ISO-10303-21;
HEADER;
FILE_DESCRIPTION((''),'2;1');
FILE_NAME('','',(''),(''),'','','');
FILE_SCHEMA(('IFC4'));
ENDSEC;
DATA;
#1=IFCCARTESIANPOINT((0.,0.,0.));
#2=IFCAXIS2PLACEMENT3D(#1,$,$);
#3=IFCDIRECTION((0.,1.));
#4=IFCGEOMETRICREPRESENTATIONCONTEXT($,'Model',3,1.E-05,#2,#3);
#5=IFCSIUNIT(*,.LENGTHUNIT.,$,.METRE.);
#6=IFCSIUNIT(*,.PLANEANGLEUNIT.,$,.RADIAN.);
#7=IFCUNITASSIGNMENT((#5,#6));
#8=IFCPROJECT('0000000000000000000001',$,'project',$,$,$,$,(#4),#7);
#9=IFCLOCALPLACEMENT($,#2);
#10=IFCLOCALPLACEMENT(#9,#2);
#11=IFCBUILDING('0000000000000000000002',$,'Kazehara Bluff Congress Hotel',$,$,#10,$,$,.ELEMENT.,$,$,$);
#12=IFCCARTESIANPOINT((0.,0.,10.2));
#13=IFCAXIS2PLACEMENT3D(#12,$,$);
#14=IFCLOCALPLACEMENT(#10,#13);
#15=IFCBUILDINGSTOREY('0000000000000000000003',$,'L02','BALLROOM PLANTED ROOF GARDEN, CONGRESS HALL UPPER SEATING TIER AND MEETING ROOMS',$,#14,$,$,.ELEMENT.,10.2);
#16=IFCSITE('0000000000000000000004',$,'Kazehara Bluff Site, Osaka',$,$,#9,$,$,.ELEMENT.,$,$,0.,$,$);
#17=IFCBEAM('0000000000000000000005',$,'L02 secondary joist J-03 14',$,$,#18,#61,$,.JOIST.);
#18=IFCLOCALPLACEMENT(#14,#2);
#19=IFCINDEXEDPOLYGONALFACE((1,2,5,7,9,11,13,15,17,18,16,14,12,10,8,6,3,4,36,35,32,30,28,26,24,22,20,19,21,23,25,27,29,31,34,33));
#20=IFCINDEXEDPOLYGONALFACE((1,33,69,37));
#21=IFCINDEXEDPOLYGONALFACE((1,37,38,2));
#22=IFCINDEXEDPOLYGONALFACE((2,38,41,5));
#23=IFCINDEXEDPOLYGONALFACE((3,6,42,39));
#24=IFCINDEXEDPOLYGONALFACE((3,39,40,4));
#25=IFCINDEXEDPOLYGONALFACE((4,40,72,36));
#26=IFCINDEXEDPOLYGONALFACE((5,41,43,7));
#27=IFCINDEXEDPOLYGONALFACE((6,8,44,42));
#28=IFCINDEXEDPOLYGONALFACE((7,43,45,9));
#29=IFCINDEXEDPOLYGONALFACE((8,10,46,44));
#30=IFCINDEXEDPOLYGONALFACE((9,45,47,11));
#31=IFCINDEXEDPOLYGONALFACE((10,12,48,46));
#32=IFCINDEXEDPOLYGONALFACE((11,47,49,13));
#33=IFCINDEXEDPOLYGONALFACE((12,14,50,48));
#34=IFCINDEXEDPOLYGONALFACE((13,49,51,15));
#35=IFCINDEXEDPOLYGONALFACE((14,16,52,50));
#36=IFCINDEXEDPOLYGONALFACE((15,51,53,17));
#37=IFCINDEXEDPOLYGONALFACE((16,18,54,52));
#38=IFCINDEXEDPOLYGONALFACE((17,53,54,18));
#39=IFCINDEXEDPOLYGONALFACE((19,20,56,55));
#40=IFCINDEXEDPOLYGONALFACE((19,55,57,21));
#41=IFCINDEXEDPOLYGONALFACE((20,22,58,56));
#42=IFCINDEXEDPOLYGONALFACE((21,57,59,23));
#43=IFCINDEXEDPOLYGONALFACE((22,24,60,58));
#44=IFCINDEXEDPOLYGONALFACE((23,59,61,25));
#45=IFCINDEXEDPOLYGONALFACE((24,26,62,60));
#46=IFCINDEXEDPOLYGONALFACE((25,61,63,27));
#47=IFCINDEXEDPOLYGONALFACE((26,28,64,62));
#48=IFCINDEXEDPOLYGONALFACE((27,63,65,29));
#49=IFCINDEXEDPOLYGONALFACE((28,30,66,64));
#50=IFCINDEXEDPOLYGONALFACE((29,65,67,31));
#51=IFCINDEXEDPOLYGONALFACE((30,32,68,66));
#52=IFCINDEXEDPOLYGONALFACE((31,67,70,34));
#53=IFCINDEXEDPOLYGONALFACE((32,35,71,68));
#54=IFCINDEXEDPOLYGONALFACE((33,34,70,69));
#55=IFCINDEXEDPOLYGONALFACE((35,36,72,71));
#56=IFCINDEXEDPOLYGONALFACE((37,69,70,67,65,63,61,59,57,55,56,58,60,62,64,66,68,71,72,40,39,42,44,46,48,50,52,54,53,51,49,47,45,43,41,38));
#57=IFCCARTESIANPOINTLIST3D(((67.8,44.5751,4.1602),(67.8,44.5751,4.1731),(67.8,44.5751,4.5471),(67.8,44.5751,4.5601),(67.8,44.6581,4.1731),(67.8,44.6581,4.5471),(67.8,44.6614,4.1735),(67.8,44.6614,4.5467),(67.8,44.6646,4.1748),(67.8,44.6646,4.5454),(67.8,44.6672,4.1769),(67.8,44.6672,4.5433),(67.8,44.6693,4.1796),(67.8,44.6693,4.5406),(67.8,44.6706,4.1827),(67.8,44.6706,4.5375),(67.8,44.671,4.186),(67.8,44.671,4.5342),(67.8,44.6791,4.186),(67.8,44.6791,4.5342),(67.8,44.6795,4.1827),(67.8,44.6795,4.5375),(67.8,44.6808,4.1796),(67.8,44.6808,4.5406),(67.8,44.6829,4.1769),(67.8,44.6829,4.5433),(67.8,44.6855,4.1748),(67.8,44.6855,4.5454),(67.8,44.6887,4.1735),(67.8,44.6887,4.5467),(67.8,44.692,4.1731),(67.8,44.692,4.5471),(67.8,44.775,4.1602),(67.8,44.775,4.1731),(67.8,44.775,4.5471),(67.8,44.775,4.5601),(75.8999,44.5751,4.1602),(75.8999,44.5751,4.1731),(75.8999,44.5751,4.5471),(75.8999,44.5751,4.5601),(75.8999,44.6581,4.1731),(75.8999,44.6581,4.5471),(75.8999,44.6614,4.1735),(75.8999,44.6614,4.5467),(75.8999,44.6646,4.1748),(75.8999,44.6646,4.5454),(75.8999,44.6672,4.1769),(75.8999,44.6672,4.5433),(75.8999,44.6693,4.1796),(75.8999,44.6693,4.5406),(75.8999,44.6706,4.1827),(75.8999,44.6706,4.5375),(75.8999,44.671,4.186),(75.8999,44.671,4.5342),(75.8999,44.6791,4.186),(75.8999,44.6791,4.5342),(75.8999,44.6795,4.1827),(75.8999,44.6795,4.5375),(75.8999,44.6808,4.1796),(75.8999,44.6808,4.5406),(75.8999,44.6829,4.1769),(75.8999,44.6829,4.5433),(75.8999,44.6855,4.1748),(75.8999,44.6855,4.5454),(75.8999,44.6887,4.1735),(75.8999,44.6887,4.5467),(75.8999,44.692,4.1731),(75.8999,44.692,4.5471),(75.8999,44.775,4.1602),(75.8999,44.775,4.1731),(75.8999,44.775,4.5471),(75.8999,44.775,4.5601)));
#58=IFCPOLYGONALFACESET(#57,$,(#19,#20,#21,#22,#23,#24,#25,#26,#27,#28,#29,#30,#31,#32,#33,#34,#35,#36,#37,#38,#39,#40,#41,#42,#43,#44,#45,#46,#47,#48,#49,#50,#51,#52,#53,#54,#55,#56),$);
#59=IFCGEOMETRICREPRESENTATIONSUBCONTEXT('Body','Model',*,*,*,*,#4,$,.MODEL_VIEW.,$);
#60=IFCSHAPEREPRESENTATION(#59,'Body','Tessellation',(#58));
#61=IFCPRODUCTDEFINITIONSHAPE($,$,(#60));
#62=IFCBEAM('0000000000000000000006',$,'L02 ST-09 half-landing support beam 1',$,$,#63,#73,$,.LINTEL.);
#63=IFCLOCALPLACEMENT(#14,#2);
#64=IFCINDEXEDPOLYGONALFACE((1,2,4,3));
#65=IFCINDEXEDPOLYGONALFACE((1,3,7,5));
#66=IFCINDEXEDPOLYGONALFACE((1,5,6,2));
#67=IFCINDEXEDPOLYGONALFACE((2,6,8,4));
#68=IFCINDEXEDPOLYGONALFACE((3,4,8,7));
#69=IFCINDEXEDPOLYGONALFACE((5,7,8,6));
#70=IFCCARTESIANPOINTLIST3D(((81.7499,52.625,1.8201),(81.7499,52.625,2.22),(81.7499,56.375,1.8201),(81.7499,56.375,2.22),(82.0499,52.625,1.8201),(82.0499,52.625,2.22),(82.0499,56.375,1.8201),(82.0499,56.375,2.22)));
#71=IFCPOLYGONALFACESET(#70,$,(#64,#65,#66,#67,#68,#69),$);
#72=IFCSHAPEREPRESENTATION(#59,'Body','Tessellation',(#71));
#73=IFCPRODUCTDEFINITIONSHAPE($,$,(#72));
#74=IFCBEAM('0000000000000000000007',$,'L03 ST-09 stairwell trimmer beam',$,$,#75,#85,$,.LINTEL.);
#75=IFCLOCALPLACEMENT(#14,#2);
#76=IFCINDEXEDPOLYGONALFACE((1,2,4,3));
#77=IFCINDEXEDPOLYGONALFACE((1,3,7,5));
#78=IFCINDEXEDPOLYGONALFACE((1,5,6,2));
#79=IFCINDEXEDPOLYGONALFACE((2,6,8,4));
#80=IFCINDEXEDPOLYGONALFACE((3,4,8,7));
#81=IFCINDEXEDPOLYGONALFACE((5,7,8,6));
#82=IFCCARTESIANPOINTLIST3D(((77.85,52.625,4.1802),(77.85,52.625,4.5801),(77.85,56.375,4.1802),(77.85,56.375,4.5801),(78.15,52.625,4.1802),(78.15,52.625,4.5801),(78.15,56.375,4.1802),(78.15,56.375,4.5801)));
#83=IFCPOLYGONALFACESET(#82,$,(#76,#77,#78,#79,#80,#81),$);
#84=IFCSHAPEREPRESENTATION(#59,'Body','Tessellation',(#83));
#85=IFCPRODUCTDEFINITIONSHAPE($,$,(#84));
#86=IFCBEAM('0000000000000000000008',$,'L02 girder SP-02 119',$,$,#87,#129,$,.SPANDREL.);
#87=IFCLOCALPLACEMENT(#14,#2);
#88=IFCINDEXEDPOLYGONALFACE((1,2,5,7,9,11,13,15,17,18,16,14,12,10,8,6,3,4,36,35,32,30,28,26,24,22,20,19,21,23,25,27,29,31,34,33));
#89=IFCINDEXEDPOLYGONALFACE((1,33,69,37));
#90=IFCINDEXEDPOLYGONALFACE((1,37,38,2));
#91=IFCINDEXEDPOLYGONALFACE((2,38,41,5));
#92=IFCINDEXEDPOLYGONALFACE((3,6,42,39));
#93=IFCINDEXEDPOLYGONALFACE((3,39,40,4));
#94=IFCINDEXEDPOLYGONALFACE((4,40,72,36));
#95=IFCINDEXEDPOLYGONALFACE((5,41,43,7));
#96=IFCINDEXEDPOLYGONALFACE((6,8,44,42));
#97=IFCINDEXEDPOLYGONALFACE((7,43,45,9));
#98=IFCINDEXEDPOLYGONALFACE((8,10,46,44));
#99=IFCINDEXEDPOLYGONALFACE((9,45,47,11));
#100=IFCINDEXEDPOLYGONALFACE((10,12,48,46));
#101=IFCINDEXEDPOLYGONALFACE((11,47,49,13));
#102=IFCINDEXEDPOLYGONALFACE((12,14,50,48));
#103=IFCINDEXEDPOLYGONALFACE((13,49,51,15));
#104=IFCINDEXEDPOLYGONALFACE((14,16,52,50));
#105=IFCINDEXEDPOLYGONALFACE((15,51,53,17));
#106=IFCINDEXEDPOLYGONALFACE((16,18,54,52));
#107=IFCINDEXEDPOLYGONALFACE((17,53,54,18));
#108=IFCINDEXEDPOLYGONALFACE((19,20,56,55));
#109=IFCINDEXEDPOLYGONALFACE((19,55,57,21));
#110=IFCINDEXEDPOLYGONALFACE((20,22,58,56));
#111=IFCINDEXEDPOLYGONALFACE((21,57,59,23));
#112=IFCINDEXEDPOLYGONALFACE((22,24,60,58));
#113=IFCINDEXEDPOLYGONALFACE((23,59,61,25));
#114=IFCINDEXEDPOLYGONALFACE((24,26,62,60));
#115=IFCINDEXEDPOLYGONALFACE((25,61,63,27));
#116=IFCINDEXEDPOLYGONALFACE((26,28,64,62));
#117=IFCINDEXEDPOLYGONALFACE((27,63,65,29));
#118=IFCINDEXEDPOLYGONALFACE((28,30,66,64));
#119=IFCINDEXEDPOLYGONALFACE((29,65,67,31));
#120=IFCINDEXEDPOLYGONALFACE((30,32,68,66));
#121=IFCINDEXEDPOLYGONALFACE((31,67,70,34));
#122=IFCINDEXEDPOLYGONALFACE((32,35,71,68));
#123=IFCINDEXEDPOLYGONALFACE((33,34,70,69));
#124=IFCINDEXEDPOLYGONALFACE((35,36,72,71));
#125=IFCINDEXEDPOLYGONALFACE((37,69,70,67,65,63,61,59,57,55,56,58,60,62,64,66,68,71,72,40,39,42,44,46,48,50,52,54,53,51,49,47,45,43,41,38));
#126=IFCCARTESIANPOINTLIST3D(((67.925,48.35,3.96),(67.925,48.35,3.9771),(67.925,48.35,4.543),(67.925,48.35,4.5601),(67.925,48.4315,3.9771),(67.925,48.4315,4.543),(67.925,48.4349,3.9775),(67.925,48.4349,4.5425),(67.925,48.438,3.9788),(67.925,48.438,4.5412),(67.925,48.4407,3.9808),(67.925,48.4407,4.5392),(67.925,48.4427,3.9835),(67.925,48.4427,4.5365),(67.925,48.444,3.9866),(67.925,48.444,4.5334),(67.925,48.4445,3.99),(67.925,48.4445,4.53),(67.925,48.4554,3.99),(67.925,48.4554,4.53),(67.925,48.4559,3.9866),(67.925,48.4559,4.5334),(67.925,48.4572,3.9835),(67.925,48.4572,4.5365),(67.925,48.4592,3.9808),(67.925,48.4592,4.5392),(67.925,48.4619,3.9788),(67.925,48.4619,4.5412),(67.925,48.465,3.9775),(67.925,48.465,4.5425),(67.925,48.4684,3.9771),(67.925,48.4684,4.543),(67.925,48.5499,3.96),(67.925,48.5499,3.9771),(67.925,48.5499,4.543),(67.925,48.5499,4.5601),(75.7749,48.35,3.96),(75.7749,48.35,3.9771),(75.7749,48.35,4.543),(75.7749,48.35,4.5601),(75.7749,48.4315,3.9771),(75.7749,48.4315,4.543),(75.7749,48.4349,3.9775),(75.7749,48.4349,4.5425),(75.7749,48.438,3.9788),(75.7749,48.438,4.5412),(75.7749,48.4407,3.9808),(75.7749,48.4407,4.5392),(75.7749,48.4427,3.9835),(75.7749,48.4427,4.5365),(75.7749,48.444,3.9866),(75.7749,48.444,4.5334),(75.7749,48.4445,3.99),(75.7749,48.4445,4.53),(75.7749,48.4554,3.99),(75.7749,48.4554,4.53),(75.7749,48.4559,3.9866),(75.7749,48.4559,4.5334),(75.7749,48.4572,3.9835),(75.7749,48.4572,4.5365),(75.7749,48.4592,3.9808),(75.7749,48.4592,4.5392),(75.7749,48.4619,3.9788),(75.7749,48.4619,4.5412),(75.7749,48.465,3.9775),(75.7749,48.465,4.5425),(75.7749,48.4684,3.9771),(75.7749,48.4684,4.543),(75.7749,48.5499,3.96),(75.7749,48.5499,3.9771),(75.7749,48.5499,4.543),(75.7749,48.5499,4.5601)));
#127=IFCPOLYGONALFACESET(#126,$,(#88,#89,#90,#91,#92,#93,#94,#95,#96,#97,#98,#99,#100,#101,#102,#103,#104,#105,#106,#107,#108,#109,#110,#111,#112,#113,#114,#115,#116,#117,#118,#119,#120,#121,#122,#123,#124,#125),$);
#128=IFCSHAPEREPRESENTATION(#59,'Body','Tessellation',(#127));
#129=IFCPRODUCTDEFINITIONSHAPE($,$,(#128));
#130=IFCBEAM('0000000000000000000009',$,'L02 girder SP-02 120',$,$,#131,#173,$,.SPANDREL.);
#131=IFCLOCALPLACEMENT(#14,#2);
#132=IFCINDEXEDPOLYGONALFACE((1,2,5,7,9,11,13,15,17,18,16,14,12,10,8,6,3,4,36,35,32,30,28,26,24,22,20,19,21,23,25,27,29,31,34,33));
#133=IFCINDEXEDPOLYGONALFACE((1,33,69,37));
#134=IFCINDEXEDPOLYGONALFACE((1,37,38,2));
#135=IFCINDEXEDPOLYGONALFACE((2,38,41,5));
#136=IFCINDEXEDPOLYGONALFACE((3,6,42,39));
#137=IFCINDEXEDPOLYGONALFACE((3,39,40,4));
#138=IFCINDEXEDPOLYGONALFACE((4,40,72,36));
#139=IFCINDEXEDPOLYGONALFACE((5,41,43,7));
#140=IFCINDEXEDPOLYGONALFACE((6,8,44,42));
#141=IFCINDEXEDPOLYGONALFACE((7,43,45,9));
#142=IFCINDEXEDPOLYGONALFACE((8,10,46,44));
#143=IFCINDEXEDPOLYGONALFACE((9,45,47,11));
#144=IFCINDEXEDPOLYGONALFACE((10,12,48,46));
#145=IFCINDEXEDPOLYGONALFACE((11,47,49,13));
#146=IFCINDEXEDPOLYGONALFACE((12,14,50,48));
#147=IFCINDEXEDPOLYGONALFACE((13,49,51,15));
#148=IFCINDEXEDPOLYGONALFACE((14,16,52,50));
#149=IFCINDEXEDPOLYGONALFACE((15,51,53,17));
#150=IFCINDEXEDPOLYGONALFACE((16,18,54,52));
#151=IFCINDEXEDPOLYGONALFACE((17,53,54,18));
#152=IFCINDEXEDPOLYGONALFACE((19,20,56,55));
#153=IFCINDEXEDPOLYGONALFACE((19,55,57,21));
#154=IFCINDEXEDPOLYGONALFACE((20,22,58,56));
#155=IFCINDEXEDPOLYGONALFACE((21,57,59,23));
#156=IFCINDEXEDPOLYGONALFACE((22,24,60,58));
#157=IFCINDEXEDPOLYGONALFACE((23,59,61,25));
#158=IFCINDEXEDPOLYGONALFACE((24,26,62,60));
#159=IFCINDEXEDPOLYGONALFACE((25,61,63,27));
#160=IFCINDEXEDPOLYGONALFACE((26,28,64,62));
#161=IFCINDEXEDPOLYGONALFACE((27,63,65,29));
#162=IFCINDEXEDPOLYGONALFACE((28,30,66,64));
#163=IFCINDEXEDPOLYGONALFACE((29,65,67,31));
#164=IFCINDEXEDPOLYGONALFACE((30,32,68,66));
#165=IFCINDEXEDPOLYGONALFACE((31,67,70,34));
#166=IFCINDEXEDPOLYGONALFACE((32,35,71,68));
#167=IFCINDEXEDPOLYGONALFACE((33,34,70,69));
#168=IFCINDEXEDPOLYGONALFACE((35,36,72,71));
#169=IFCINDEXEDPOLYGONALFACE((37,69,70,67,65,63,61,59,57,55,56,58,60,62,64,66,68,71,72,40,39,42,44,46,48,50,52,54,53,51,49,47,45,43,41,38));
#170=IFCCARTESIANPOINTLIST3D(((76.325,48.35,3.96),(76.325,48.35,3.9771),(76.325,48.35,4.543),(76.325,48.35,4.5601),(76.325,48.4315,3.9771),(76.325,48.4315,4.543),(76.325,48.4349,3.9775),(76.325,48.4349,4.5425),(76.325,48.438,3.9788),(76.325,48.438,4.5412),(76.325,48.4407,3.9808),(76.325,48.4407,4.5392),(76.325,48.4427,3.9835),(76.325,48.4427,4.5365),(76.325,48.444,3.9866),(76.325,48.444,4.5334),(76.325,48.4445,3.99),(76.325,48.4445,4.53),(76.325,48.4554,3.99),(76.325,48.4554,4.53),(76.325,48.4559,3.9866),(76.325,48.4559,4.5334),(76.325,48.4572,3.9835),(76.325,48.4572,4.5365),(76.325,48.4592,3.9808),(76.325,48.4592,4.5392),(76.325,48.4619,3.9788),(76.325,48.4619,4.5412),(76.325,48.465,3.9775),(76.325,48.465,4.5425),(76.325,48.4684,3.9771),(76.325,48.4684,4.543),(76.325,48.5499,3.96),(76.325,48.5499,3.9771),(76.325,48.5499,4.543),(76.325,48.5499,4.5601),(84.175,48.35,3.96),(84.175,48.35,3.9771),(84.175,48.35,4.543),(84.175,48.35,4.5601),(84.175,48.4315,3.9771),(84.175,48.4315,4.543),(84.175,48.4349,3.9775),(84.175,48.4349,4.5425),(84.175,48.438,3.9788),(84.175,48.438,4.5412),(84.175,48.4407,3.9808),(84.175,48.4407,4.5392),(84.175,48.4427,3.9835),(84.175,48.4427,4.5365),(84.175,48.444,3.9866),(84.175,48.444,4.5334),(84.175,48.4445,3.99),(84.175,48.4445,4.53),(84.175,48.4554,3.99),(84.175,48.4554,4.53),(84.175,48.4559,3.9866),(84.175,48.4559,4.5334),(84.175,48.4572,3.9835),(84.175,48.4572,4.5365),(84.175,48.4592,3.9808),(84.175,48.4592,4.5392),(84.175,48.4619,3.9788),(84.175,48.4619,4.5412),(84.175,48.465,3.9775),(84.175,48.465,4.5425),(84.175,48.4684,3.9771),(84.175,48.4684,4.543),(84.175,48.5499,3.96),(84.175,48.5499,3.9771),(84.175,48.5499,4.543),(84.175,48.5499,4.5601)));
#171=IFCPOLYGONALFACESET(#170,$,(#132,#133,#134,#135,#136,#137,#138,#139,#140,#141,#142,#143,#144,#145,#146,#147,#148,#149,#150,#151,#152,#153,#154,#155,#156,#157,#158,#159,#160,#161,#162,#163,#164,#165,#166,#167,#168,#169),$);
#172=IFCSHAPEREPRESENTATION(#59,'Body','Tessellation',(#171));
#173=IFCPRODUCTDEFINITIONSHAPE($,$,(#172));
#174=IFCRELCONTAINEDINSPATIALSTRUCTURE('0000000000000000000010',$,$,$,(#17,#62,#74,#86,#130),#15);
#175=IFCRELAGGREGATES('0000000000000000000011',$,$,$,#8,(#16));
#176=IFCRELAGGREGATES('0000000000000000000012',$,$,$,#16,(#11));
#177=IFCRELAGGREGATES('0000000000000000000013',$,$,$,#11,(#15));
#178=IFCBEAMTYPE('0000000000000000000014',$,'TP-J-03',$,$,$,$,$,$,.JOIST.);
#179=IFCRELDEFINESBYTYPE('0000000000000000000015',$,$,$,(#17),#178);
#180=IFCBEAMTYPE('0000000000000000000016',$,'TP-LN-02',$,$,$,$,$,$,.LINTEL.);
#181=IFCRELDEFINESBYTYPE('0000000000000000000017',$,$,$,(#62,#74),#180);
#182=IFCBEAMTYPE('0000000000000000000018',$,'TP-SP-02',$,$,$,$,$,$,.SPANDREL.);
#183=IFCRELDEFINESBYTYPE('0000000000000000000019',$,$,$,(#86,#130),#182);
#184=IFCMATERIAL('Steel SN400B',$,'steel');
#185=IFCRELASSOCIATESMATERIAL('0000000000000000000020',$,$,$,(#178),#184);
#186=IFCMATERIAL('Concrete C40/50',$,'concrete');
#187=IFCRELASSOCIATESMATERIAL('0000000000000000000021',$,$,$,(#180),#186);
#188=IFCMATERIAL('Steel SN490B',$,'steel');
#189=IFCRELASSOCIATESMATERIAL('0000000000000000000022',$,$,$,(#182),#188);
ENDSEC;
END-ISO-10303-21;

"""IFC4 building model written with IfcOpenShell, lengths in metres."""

from ifc_helpers import new_model, si_unit, direction, frame, origin, origin_2d, place, context, subcontext, project, spatial, rectangle, i_section, extrude, material, material_profile, profile_set, type_object, element, save


model = new_model("IFC4")

# Units and contexts
model_context = context("Model", 3, precision=1e-05, world=origin(), true_north=direction((0.0, 1.0)))
body_context = subcontext(model_context, "Body", "Model", "MODEL_VIEW")
ifc_project = project(units=[si_unit("LENGTHUNIT", "METRE"), si_unit("PLANEANGLEUNIT", "RADIAN")], contexts=[model_context])

# Site, building, storey
site_placement = place(None, origin())
site = spatial("IfcSite", under=ifc_project, at=site_placement, Name="Kazehara Bluff Site, Osaka", CompositionType="ELEMENT", RefElevation=0.0)
building_placement = place(site_placement, origin())
building = spatial("IfcBuilding", under=site, at=building_placement, Name="Kazehara Bluff Congress Hotel", CompositionType="ELEMENT")
storey_placement = place(building_placement, frame((0.0, 0.0, 10.2)))
storey = spatial("IfcBuildingStorey", under=building, at=storey_placement, Name="L02", Description="BALLROOM PLANTED ROOF GARDEN, CONGRESS HALL UPPER SEATING TIER AND MEETING ROOMS", CompositionType="ELEMENT", Elevation=10.2)

# Beams
ifc_material_1 = material(Name="Steel SN400B", Category="steel")
ifc_material_profile_1 = material_profile(ifc_material_1, i_section(OverallWidth=0.2, OverallDepth=0.3999, WebThickness=0.0081, FlangeThickness=0.0129, FilletRadius=0.0129, at=origin_2d()))
ifc_profile_set_1 = profile_set([ifc_material_profile_1], Name="Steel SN400B")
beam_type_1 = type_object("IfcBeamType", Name="TP-J-03", PredefinedType="JOIST", material=ifc_profile_set_1)
for number, where, z_axis, x_axis, name in (
    (1, (67.8, 44.675, 4.3601), (1.0, 0.0, 0.0), (0.0, 1.0, 0.0), "L02 secondary joist J-03 14"),
):
    element("IfcBeam", number, at=place(storey_placement, frame(where, z_axis=z_axis, x_axis=x_axis)), inside=storey, type_object=beam_type_1, Name=name, PredefinedType="JOIST", context=body_context, shape_type="SweptSolid", body=[
        extrude(i_section(OverallWidth=0.2, OverallDepth=0.3999, WebThickness=0.0081, FlangeThickness=0.0129, FilletRadius=0.0129, at=origin_2d()), origin(), (0.0, 0.0, 1.0), 8.0999),
    ])
ifc_material_2 = material(Name="Concrete C40/50", Category="concrete")
ifc_material_profile_2 = material_profile(ifc_material_2, rectangle(XDim=0.3, YDim=0.3999, at=origin_2d()))
ifc_profile_set_2 = profile_set([ifc_material_profile_2], Name="Concrete C40/50")
beam_type_2 = type_object("IfcBeamType", Name="TP-LN-02", PredefinedType="LINTEL", material=ifc_profile_set_2)
for number, where, z_axis, x_axis, name in (
    (2, (81.8999, 52.625, 2.02), (0.0, 1.0, 0.0), (-1.0, 0.0, 0.0), "L02 ST-09 half-landing support beam 1"),
    (3, (78.0, 52.625, 4.3801), (0.0, 1.0, 0.0), (-1.0, 0.0, 0.0), "L03 ST-09 stairwell trimmer beam"),
):
    element("IfcBeam", number, at=place(storey_placement, frame(where, z_axis=z_axis, x_axis=x_axis)), inside=storey, type_object=beam_type_2, Name=name, PredefinedType="LINTEL", context=body_context, shape_type="SweptSolid", body=[
        extrude(rectangle(XDim=0.3, YDim=0.3999, at=origin_2d()), origin(), (0.0, 0.0, 1.0), 3.75),
    ])
ifc_material_3 = material(Name="Steel SN490B", Category="steel")
ifc_material_profile_3 = material_profile(ifc_material_3, i_section(OverallWidth=0.2, OverallDepth=0.6001, WebThickness=0.011, FlangeThickness=0.0171, FilletRadius=0.0129, at=origin_2d()))
ifc_profile_set_3 = profile_set([ifc_material_profile_3], Name="Steel SN490B")
beam_type_3 = type_object("IfcBeamType", Name="TP-SP-02", PredefinedType="SPANDREL", material=ifc_profile_set_3)
beam_1_placement = place(storey_placement, frame((67.925, 48.45, 4.26), z_axis=(1.0, 0.0, 0.0), x_axis=(0.0, 1.0, 0.0)))
element("IfcBeam", 4, at=beam_1_placement, inside=storey, type_object=beam_type_3, Name="L02 girder SP-02 119", PredefinedType="SPANDREL", context=body_context, shape_type="SweptSolid", body=[
    extrude(i_section(OverallWidth=0.2, OverallDepth=0.6001, WebThickness=0.011, FlangeThickness=0.0171, FilletRadius=0.0129, at=origin_2d()), origin(), (0.0, 0.0, 1.0), 7.8499),
])
beam_2_placement = place(storey_placement, frame((76.325, 48.45, 4.26), z_axis=(1.0, 0.0, 0.0), x_axis=(0.0, 1.0, 0.0)))
element("IfcBeam", 5, at=beam_2_placement, inside=storey, type_object=beam_type_3, Name="L02 girder SP-02 120", PredefinedType="SPANDREL", context=body_context, shape_type="SweptSolid", body=[
    extrude(i_section(OverallWidth=0.2, OverallDepth=0.6001, WebThickness=0.011, FlangeThickness=0.0171, FilletRadius=0.0129, at=origin_2d()), origin(), (0.0, 0.0, 1.0), 7.8501),
])

save(model, "model.ifc")
